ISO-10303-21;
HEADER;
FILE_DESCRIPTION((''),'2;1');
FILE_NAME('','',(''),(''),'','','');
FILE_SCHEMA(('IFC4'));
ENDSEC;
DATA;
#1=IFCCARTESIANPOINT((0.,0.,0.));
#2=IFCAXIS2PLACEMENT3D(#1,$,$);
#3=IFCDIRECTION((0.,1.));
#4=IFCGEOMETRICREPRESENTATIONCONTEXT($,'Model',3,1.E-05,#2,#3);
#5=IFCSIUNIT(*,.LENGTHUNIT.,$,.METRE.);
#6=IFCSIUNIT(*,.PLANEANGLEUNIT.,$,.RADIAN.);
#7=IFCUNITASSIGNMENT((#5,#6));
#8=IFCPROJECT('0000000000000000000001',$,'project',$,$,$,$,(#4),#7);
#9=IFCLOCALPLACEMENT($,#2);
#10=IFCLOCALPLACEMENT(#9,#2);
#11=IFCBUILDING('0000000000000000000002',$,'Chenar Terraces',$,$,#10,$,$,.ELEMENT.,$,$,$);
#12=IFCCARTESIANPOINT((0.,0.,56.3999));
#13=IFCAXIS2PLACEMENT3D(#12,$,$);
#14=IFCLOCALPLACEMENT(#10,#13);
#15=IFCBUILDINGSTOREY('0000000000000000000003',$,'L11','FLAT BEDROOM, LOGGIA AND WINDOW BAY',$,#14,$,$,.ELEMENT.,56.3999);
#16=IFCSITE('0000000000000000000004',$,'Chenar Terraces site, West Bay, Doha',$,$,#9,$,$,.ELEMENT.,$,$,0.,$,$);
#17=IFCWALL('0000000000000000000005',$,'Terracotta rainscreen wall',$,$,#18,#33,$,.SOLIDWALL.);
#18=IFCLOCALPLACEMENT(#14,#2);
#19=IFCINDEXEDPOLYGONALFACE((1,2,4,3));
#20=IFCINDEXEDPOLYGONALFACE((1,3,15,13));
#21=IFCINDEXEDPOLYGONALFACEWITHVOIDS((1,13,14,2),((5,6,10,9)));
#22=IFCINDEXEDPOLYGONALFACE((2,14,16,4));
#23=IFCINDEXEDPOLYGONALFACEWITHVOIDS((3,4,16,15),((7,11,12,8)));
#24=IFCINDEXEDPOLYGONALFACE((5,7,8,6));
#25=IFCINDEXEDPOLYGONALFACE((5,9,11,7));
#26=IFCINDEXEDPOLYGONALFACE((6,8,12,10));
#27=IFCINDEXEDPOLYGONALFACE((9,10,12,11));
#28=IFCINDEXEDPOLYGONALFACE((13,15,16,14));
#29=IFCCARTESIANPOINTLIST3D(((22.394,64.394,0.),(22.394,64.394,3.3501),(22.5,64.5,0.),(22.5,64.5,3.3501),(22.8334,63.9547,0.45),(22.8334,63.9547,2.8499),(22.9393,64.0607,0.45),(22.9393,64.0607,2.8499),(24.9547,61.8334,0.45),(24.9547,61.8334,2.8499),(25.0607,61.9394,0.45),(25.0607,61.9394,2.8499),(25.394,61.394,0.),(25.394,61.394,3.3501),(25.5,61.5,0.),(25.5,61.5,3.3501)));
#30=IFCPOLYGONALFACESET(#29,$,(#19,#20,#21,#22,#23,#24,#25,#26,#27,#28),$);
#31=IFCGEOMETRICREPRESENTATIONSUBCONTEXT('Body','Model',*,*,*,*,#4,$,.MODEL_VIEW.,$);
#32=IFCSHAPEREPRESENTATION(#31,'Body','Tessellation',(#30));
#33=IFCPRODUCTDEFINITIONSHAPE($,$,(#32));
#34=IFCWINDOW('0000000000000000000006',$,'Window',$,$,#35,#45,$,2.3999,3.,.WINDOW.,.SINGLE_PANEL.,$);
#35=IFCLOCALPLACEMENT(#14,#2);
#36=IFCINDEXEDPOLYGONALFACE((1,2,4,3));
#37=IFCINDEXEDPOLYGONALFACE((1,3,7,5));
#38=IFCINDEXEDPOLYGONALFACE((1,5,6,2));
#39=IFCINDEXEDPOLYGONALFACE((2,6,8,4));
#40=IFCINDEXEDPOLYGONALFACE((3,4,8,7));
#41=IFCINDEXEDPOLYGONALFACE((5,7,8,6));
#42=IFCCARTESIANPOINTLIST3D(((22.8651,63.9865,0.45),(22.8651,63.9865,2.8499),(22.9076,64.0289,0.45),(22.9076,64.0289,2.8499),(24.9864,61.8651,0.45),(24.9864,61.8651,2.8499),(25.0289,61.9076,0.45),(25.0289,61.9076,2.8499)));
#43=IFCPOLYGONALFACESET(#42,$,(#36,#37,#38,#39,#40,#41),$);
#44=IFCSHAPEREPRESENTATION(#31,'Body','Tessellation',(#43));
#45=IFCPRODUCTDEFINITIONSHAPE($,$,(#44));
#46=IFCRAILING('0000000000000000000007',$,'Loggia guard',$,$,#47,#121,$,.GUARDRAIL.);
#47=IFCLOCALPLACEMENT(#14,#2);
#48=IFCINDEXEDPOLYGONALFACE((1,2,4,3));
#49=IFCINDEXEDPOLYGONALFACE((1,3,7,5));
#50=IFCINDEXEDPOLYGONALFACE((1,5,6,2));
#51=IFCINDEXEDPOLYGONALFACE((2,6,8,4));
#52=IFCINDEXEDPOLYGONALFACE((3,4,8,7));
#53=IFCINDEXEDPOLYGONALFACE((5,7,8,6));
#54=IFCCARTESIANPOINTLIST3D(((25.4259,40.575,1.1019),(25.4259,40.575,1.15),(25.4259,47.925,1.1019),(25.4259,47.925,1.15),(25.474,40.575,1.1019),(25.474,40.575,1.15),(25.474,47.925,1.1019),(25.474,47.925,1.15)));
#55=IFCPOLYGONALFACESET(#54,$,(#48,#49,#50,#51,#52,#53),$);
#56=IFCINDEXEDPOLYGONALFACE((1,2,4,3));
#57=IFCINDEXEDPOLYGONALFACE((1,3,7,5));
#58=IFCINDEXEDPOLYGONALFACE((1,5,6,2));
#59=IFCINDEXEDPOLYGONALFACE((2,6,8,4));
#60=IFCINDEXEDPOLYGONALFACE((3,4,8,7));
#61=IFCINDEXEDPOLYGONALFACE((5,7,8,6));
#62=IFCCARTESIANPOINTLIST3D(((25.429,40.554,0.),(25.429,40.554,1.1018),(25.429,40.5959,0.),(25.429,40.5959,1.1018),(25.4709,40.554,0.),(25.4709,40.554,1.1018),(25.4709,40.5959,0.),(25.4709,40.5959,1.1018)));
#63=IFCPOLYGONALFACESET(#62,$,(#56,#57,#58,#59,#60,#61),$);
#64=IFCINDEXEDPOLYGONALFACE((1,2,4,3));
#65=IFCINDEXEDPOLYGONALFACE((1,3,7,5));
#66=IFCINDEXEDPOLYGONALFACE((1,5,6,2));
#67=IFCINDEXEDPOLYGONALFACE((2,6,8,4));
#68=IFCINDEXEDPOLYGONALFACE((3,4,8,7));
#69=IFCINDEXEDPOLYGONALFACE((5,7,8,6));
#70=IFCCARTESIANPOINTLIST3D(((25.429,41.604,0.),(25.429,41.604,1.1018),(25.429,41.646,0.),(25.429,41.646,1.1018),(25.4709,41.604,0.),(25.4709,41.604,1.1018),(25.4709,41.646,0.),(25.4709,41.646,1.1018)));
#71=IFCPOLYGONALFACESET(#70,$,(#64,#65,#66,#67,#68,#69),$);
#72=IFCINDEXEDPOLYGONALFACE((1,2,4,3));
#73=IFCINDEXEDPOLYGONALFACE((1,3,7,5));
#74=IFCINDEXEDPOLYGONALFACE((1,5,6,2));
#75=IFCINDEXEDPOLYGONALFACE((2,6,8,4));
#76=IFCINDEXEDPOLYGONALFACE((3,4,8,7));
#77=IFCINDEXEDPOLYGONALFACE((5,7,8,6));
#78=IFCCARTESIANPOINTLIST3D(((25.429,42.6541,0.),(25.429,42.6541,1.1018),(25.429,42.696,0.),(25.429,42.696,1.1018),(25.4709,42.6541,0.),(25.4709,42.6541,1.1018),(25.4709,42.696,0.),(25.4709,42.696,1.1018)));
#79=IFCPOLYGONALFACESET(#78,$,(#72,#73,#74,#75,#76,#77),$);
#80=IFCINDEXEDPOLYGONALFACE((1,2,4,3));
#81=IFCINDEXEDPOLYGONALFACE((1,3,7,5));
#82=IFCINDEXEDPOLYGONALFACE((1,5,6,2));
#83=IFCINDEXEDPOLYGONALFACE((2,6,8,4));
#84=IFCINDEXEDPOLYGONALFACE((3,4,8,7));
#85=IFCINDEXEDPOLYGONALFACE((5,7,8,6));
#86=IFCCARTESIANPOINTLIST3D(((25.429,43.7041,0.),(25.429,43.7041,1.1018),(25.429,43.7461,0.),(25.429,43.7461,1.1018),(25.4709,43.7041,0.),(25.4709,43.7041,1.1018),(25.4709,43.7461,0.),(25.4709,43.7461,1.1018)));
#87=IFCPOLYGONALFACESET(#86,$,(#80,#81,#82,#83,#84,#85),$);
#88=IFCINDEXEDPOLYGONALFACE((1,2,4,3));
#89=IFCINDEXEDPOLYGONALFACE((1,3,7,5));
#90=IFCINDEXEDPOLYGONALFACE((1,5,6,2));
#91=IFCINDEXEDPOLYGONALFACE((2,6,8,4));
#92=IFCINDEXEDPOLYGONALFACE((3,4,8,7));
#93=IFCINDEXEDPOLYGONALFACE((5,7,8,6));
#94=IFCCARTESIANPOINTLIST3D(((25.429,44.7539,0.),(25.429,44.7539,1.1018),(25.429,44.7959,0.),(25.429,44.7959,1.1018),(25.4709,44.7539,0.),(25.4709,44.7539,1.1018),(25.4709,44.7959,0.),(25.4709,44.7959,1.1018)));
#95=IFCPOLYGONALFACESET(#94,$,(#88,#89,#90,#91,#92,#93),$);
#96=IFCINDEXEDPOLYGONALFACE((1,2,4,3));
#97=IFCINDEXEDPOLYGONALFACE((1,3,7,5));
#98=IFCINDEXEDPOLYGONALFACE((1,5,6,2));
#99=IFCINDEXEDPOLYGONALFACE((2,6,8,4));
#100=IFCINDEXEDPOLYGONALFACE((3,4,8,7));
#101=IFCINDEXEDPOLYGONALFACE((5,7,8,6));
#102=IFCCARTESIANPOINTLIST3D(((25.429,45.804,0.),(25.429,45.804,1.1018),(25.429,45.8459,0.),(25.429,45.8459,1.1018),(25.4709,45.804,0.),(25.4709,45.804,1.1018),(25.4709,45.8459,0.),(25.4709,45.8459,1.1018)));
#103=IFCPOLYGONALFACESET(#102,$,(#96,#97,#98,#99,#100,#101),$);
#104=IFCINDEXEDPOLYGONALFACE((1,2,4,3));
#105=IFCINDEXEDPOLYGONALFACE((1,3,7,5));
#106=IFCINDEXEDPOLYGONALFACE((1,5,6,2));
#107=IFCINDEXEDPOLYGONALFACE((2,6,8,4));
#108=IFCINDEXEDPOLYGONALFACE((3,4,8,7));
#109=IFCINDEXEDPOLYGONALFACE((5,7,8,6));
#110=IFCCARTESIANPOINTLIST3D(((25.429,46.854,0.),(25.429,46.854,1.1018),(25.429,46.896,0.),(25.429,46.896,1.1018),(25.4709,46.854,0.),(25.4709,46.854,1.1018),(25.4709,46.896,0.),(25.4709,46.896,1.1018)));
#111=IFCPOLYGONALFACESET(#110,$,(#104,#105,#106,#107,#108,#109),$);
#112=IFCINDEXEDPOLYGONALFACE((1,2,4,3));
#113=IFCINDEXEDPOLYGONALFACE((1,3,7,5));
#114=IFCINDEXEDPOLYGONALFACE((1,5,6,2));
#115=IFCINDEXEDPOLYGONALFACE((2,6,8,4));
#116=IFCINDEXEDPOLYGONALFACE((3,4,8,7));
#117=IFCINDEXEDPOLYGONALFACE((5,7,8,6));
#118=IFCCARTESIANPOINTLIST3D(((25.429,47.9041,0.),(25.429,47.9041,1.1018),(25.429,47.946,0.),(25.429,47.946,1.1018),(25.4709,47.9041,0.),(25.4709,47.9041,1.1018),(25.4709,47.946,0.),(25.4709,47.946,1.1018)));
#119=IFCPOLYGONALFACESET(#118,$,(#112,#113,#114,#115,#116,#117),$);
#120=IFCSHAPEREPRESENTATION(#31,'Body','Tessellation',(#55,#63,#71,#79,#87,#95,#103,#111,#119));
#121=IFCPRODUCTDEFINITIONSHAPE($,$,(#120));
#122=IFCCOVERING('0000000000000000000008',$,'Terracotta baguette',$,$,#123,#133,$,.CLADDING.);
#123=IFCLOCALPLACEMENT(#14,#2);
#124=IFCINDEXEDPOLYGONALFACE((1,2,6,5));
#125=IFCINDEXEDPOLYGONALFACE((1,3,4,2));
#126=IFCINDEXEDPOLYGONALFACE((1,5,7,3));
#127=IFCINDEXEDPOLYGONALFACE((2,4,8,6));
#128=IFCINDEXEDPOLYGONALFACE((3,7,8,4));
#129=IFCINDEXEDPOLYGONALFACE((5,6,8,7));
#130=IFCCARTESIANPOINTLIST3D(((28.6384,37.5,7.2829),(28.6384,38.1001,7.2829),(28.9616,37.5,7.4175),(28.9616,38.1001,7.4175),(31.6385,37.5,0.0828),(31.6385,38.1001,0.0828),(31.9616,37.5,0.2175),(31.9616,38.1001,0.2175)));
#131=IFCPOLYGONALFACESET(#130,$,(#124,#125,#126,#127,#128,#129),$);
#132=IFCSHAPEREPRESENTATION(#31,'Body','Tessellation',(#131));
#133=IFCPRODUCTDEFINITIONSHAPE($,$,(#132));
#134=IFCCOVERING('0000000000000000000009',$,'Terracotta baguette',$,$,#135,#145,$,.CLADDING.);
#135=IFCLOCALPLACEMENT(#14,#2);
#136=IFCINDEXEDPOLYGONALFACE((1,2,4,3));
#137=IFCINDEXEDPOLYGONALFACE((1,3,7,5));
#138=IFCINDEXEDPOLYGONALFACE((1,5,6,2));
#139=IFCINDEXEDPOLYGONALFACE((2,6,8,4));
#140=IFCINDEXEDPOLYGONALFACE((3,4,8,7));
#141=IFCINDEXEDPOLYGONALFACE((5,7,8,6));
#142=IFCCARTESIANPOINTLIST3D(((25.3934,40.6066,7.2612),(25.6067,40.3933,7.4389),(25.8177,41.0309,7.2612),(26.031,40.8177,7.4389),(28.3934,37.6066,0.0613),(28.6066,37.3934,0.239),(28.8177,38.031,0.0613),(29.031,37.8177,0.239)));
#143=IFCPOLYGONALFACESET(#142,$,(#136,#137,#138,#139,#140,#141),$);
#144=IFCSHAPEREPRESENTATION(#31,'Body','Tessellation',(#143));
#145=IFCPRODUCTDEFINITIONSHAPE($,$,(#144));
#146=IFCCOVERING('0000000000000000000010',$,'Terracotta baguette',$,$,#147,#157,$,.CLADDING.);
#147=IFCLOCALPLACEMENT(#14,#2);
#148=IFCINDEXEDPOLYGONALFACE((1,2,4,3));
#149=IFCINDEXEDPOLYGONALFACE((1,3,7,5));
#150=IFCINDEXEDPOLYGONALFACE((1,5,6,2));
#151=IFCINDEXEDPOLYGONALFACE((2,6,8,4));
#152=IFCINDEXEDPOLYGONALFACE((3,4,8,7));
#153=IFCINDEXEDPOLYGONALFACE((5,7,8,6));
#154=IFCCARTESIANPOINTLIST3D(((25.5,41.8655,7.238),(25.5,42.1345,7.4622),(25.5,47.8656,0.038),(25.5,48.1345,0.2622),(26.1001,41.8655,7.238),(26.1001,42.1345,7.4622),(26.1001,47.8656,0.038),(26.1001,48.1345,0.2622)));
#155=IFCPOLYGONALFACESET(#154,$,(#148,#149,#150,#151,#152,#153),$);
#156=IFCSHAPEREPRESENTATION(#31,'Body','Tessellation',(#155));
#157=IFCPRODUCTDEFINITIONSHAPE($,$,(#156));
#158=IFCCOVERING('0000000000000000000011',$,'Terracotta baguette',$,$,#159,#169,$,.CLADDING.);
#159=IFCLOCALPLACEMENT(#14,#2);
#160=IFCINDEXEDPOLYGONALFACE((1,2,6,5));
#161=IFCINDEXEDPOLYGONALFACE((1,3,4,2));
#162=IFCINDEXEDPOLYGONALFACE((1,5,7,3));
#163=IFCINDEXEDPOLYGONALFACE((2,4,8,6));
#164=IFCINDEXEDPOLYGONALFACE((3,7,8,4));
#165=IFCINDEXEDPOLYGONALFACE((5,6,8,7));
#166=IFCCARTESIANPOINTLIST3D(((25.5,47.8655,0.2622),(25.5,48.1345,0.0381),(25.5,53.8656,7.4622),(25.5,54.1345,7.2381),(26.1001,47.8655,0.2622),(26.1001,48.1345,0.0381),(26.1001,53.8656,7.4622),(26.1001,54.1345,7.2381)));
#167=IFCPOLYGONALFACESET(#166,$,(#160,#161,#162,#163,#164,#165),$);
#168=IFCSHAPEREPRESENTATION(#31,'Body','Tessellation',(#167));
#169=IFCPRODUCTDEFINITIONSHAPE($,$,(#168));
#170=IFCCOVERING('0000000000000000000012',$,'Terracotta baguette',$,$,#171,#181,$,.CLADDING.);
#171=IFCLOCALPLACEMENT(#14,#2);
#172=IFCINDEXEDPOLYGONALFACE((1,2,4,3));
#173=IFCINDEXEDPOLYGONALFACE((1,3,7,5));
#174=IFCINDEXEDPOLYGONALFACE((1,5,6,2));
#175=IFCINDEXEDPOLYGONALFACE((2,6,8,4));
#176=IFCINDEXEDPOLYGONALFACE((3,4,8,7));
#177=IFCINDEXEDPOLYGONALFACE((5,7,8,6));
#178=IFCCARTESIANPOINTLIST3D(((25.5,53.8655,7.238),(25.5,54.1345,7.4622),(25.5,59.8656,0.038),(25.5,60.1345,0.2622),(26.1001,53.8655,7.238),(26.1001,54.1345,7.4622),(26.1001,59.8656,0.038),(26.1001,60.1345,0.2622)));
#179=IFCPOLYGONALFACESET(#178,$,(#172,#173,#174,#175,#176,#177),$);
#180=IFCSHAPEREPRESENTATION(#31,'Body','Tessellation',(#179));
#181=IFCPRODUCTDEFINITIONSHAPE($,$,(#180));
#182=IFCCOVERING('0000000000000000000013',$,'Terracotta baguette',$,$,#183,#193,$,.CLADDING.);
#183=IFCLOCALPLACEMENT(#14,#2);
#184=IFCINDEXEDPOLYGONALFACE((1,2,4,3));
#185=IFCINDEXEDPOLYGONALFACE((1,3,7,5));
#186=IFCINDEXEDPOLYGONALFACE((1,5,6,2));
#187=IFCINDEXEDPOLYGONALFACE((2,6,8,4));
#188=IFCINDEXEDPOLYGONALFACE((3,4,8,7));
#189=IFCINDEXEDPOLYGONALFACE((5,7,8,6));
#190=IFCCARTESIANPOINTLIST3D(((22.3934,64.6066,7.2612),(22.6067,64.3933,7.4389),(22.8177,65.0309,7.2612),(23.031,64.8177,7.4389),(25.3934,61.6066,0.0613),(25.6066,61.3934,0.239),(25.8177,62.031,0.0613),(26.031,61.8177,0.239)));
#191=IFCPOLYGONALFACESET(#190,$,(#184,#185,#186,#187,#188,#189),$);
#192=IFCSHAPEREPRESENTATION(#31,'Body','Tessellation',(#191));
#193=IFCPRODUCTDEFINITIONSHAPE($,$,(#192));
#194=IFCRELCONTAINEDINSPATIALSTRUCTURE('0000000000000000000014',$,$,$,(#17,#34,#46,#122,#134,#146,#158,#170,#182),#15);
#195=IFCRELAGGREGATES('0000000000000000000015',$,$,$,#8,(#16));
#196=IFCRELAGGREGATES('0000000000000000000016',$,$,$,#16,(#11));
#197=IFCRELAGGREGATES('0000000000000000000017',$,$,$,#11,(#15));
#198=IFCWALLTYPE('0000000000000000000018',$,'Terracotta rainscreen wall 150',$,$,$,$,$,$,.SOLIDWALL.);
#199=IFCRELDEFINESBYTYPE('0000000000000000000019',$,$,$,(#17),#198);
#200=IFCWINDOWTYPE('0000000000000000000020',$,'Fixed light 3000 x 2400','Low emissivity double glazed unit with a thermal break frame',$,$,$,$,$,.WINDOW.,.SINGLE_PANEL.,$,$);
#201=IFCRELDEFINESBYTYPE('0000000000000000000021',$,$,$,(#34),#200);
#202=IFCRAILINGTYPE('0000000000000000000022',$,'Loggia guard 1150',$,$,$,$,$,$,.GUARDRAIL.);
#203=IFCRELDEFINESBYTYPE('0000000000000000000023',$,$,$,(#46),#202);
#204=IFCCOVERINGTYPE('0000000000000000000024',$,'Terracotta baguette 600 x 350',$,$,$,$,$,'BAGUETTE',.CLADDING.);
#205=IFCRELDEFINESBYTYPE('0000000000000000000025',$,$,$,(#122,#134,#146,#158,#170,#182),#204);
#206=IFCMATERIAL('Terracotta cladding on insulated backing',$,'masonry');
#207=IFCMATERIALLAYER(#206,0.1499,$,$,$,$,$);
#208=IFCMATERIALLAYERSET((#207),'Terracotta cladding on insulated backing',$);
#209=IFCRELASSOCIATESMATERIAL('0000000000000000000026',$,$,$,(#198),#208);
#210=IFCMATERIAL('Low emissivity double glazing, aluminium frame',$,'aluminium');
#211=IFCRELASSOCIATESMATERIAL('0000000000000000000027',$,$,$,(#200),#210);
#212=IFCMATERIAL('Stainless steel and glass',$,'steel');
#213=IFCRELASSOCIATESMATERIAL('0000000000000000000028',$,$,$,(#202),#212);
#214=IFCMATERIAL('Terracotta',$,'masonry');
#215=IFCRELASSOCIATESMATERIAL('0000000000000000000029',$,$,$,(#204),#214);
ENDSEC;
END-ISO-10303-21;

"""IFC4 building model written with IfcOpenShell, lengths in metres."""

from ifc_helpers import new_model, si_unit, direction, frame, frame_2d, origin, origin_2d, place, context, subcontext, project, spatial, rectangle, extrude, material, layer, layer_set, material_profile, profile_set, type_object, element, fill, save


model = new_model("IFC4")

# Units and contexts
model_context = context("Model", 3, precision=1e-05, world=origin(), true_north=direction((0.0, 1.0)))
body_context = subcontext(model_context, "Body", "Model", "MODEL_VIEW")
ifc_project = project(units=[si_unit("LENGTHUNIT", "METRE"), si_unit("PLANEANGLEUNIT", "RADIAN")], contexts=[model_context])

# Site, building, storey
site_placement = place(None, origin())
site = spatial("IfcSite", under=ifc_project, at=site_placement, Name="Chenar Terraces site, West Bay, Doha", CompositionType="ELEMENT", RefElevation=0.0)
building_placement = place(site_placement, origin())
building = spatial("IfcBuilding", under=site, at=building_placement, Name="Chenar Terraces", CompositionType="ELEMENT")
storey_placement = place(building_placement, frame((0.0, 0.0, 56.3999)))
storey = spatial("IfcBuildingStorey", under=building, at=storey_placement, Name="L11", Description="FLAT BEDROOM, LOGGIA AND WINDOW BAY", CompositionType="ELEMENT", Elevation=56.3999)

# Wall, opening, window
ifc_material_1 = material(Name="Terracotta cladding on insulated backing", Category="masonry")
ifc_layer_1 = layer(ifc_material_1, 0.1499)
ifc_layer_set_1 = layer_set([ifc_layer_1], Name="Terracotta cladding on insulated backing")
wall_type_1 = type_object("IfcWallType", Name="Terracotta rainscreen wall 150", PredefinedType="SOLIDWALL", material=ifc_layer_set_1)
ifc_material_2 = material(Name="Low emissivity double glazing, aluminium frame", Category="aluminium")
window_type = type_object("IfcWindowType", Name="Fixed light 3000 x 2400", Description="Low emissivity double glazed unit with a thermal break frame", PartitioningType="SINGLE_PANEL", PredefinedType="WINDOW", material=ifc_material_2)
wall_1_placement = place(storey_placement, frame((25.447, 61.447, 0.0), z_axis=(0.0, 0.0, 1.0), x_axis=(-0.707107, 0.707107, 0.0)))
wall_1 = element("IfcWall", 1, at=wall_1_placement, inside=storey, type_object=wall_type_1, Name="Terracotta rainscreen wall", PredefinedType="SOLIDWALL", context=body_context, shape_type="SweptSolid", body=[
    extrude(rectangle(XDim=4.2427, YDim=0.1499, at=frame_2d((2.1213, 0.0))), origin(), (0.0, 0.0, 1.0), 3.3501),
])
opening_1_placement = place(wall_1_placement, frame((0.6213, 0.0, 0.45)))
opening_1 = element("IfcOpeningElement", 2, at=opening_1_placement, cuts=wall_1, PredefinedType="OPENING", context=body_context, shape_type="SweptSolid", body=[
    extrude(rectangle(XDim=3.0, YDim=2.3999, at=frame_2d((1.5, 1.2))), frame((0.0, 0.085, 0.0), z_axis=(0.0, -1.0, 0.0), x_axis=(1.0, 0.0, 0.0)), (0.0, 0.0, 1.0), 0.1699),
])
window_1_placement = place(opening_1_placement, origin())
window_1 = element("IfcWindow", 3, at=window_1_placement, inside=storey, type_object=window_type, Name="Window", OverallHeight=2.3999, OverallWidth=3.0, PartitioningType="SINGLE_PANEL", PredefinedType="WINDOW", context=body_context, shape_type="SweptSolid", body=[
    extrude(rectangle(XDim=3.0, YDim=2.3999, at=frame_2d((1.5, 1.2))), frame((0.0, 0.03, 0.0), z_axis=(0.0, -1.0, 0.0), x_axis=(1.0, 0.0, 0.0)), (0.0, 0.0, 1.0), 0.0601),
])
fill(opening_1, window_1)

# Railing
ifc_material_3 = material(Name="Stainless steel and glass", Category="steel")
railing_type = type_object("IfcRailingType", Name="Loggia guard 1150", PredefinedType="GUARDRAIL", material=ifc_material_3)
railing_placement = place(storey_placement, frame((25.45, 40.575, 0.0)))
element("IfcRailing", 4, at=railing_placement, inside=storey, type_object=railing_type, Name="Loggia guard", PredefinedType="GUARDRAIL", context=body_context, shape_type="SweptSolid", body=[
    extrude(rectangle(XDim=0.0481, YDim=0.0481, at=origin_2d()), frame((0.0, 0.0, 1.126), z_axis=(0.0, 1.0, 0.0), x_axis=(-1.0, 0.0, 0.0)), (0.0, 0.0, 1.0), 7.3501),
    extrude(rectangle(XDim=0.042, YDim=0.042, at=origin_2d()), origin(), (0.0, 0.0, 1.0), 1.1018),
    extrude(rectangle(XDim=0.042, YDim=0.042, at=origin_2d()), frame((0.0, 1.05, 0.0)), (0.0, 0.0, 1.0), 1.1018),
    extrude(rectangle(XDim=0.042, YDim=0.042, at=origin_2d()), frame((0.0, 2.1001, 0.0)), (0.0, 0.0, 1.0), 1.1018),
    extrude(rectangle(XDim=0.042, YDim=0.042, at=origin_2d()), frame((0.0, 3.1501, 0.0)), (0.0, 0.0, 1.0), 1.1018),
    extrude(rectangle(XDim=0.042, YDim=0.042, at=origin_2d()), frame((0.0, 4.2, 0.0)), (0.0, 0.0, 1.0), 1.1018),
    extrude(rectangle(XDim=0.042, YDim=0.042, at=origin_2d()), frame((0.0, 5.25, 0.0)), (0.0, 0.0, 1.0), 1.1018),
    extrude(rectangle(XDim=0.042, YDim=0.042, at=origin_2d()), frame((0.0, 6.3, 0.0)), (0.0, 0.0, 1.0), 1.1018),
    extrude(rectangle(XDim=0.042, YDim=0.042, at=origin_2d()), frame((0.0, 7.3501, 0.0)), (0.0, 0.0, 1.0), 1.1018),
])

# Coverings
ifc_material_4 = material(Name="Terracotta", Category="masonry")
ifc_material_profile_1 = material_profile(ifc_material_4, rectangle(XDim=0.6001, YDim=0.3501, at=origin_2d()), Name="Terracotta baguette 600 x 350")
ifc_profile_set_1 = profile_set([ifc_material_profile_1], Name="Terracotta")
covering_type = type_object("IfcCoveringType", Name="Terracotta baguette 600 x 350", ElementType="BAGUETTE", PredefinedType="CLADDING", material=ifc_profile_set_1)
covering_1_placement = place(storey_placement, frame((31.8, 37.8, 0.1501), z_axis=(-0.384618, 0.0, 0.923076), x_axis=(0.0, -1.0, 0.0)))
element("IfcCovering", 5, at=covering_1_placement, inside=storey, type_object=covering_type, Name="Terracotta baguette", PredefinedType="CLADDING", context=body_context, shape_type="SweptSolid", body=[
    extrude(rectangle(XDim=0.6001, YDim=0.3501, at=origin_2d()), origin(), (0.0, 0.0, 1.0), 7.8),
])
covering_2_placement = place(storey_placement, frame((28.7122, 37.7122, 0.1501), z_axis=(-0.358981, 0.358981, 0.861548), x_axis=(-0.707107, -0.707107, 0.0)))
element("IfcCovering", 6, at=covering_2_placement, inside=storey, type_object=covering_type, Name="Terracotta baguette", PredefinedType="CLADDING", context=body_context, shape_type="SweptSolid", body=[
    extrude(rectangle(XDim=0.6001, YDim=0.3501, at=origin_2d()), origin(), (0.0, 0.0, 1.0), 8.3569),
])
for number, where, z_axis, x_axis, name in (
    (7, (25.8, 42.0, 7.3501), (0.0, 0.640187, -0.768219), (-1.0, 0.0, 0.0), "Terracotta baguette"),
    (8, (25.8, 48.0, 0.1501), (0.0, 0.640187, 0.768219), (-1.0, 0.0, 0.0), "Terracotta baguette"),
    (9, (25.8, 54.0, 7.3501), (0.0, 0.640187, -0.768219), (-1.0, 0.0, 0.0), "Terracotta baguette"),
):
    element("IfcCovering", number, at=place(storey_placement, frame(where, z_axis=z_axis, x_axis=x_axis)), inside=storey, type_object=covering_type, Name=name, PredefinedType="CLADDING", context=body_context, shape_type="SweptSolid", body=[
        extrude(rectangle(XDim=0.6001, YDim=0.3501, at=origin_2d()), origin(), (0.0, 0.0, 1.0), 9.3723),
    ])
covering_3_placement = place(storey_placement, frame((25.7122, 61.7122, 0.1501), z_axis=(-0.358981, 0.358981, 0.861548), x_axis=(-0.707107, -0.707107, 0.0)))
element("IfcCovering", 10, at=covering_3_placement, inside=storey, type_object=covering_type, Name="Terracotta baguette", PredefinedType="CLADDING", context=body_context, shape_type="SweptSolid", body=[
    extrude(rectangle(XDim=0.6001, YDim=0.3501, at=origin_2d()), origin(), (0.0, 0.0, 1.0), 8.3569),
])

save(model, "model.ifc")
